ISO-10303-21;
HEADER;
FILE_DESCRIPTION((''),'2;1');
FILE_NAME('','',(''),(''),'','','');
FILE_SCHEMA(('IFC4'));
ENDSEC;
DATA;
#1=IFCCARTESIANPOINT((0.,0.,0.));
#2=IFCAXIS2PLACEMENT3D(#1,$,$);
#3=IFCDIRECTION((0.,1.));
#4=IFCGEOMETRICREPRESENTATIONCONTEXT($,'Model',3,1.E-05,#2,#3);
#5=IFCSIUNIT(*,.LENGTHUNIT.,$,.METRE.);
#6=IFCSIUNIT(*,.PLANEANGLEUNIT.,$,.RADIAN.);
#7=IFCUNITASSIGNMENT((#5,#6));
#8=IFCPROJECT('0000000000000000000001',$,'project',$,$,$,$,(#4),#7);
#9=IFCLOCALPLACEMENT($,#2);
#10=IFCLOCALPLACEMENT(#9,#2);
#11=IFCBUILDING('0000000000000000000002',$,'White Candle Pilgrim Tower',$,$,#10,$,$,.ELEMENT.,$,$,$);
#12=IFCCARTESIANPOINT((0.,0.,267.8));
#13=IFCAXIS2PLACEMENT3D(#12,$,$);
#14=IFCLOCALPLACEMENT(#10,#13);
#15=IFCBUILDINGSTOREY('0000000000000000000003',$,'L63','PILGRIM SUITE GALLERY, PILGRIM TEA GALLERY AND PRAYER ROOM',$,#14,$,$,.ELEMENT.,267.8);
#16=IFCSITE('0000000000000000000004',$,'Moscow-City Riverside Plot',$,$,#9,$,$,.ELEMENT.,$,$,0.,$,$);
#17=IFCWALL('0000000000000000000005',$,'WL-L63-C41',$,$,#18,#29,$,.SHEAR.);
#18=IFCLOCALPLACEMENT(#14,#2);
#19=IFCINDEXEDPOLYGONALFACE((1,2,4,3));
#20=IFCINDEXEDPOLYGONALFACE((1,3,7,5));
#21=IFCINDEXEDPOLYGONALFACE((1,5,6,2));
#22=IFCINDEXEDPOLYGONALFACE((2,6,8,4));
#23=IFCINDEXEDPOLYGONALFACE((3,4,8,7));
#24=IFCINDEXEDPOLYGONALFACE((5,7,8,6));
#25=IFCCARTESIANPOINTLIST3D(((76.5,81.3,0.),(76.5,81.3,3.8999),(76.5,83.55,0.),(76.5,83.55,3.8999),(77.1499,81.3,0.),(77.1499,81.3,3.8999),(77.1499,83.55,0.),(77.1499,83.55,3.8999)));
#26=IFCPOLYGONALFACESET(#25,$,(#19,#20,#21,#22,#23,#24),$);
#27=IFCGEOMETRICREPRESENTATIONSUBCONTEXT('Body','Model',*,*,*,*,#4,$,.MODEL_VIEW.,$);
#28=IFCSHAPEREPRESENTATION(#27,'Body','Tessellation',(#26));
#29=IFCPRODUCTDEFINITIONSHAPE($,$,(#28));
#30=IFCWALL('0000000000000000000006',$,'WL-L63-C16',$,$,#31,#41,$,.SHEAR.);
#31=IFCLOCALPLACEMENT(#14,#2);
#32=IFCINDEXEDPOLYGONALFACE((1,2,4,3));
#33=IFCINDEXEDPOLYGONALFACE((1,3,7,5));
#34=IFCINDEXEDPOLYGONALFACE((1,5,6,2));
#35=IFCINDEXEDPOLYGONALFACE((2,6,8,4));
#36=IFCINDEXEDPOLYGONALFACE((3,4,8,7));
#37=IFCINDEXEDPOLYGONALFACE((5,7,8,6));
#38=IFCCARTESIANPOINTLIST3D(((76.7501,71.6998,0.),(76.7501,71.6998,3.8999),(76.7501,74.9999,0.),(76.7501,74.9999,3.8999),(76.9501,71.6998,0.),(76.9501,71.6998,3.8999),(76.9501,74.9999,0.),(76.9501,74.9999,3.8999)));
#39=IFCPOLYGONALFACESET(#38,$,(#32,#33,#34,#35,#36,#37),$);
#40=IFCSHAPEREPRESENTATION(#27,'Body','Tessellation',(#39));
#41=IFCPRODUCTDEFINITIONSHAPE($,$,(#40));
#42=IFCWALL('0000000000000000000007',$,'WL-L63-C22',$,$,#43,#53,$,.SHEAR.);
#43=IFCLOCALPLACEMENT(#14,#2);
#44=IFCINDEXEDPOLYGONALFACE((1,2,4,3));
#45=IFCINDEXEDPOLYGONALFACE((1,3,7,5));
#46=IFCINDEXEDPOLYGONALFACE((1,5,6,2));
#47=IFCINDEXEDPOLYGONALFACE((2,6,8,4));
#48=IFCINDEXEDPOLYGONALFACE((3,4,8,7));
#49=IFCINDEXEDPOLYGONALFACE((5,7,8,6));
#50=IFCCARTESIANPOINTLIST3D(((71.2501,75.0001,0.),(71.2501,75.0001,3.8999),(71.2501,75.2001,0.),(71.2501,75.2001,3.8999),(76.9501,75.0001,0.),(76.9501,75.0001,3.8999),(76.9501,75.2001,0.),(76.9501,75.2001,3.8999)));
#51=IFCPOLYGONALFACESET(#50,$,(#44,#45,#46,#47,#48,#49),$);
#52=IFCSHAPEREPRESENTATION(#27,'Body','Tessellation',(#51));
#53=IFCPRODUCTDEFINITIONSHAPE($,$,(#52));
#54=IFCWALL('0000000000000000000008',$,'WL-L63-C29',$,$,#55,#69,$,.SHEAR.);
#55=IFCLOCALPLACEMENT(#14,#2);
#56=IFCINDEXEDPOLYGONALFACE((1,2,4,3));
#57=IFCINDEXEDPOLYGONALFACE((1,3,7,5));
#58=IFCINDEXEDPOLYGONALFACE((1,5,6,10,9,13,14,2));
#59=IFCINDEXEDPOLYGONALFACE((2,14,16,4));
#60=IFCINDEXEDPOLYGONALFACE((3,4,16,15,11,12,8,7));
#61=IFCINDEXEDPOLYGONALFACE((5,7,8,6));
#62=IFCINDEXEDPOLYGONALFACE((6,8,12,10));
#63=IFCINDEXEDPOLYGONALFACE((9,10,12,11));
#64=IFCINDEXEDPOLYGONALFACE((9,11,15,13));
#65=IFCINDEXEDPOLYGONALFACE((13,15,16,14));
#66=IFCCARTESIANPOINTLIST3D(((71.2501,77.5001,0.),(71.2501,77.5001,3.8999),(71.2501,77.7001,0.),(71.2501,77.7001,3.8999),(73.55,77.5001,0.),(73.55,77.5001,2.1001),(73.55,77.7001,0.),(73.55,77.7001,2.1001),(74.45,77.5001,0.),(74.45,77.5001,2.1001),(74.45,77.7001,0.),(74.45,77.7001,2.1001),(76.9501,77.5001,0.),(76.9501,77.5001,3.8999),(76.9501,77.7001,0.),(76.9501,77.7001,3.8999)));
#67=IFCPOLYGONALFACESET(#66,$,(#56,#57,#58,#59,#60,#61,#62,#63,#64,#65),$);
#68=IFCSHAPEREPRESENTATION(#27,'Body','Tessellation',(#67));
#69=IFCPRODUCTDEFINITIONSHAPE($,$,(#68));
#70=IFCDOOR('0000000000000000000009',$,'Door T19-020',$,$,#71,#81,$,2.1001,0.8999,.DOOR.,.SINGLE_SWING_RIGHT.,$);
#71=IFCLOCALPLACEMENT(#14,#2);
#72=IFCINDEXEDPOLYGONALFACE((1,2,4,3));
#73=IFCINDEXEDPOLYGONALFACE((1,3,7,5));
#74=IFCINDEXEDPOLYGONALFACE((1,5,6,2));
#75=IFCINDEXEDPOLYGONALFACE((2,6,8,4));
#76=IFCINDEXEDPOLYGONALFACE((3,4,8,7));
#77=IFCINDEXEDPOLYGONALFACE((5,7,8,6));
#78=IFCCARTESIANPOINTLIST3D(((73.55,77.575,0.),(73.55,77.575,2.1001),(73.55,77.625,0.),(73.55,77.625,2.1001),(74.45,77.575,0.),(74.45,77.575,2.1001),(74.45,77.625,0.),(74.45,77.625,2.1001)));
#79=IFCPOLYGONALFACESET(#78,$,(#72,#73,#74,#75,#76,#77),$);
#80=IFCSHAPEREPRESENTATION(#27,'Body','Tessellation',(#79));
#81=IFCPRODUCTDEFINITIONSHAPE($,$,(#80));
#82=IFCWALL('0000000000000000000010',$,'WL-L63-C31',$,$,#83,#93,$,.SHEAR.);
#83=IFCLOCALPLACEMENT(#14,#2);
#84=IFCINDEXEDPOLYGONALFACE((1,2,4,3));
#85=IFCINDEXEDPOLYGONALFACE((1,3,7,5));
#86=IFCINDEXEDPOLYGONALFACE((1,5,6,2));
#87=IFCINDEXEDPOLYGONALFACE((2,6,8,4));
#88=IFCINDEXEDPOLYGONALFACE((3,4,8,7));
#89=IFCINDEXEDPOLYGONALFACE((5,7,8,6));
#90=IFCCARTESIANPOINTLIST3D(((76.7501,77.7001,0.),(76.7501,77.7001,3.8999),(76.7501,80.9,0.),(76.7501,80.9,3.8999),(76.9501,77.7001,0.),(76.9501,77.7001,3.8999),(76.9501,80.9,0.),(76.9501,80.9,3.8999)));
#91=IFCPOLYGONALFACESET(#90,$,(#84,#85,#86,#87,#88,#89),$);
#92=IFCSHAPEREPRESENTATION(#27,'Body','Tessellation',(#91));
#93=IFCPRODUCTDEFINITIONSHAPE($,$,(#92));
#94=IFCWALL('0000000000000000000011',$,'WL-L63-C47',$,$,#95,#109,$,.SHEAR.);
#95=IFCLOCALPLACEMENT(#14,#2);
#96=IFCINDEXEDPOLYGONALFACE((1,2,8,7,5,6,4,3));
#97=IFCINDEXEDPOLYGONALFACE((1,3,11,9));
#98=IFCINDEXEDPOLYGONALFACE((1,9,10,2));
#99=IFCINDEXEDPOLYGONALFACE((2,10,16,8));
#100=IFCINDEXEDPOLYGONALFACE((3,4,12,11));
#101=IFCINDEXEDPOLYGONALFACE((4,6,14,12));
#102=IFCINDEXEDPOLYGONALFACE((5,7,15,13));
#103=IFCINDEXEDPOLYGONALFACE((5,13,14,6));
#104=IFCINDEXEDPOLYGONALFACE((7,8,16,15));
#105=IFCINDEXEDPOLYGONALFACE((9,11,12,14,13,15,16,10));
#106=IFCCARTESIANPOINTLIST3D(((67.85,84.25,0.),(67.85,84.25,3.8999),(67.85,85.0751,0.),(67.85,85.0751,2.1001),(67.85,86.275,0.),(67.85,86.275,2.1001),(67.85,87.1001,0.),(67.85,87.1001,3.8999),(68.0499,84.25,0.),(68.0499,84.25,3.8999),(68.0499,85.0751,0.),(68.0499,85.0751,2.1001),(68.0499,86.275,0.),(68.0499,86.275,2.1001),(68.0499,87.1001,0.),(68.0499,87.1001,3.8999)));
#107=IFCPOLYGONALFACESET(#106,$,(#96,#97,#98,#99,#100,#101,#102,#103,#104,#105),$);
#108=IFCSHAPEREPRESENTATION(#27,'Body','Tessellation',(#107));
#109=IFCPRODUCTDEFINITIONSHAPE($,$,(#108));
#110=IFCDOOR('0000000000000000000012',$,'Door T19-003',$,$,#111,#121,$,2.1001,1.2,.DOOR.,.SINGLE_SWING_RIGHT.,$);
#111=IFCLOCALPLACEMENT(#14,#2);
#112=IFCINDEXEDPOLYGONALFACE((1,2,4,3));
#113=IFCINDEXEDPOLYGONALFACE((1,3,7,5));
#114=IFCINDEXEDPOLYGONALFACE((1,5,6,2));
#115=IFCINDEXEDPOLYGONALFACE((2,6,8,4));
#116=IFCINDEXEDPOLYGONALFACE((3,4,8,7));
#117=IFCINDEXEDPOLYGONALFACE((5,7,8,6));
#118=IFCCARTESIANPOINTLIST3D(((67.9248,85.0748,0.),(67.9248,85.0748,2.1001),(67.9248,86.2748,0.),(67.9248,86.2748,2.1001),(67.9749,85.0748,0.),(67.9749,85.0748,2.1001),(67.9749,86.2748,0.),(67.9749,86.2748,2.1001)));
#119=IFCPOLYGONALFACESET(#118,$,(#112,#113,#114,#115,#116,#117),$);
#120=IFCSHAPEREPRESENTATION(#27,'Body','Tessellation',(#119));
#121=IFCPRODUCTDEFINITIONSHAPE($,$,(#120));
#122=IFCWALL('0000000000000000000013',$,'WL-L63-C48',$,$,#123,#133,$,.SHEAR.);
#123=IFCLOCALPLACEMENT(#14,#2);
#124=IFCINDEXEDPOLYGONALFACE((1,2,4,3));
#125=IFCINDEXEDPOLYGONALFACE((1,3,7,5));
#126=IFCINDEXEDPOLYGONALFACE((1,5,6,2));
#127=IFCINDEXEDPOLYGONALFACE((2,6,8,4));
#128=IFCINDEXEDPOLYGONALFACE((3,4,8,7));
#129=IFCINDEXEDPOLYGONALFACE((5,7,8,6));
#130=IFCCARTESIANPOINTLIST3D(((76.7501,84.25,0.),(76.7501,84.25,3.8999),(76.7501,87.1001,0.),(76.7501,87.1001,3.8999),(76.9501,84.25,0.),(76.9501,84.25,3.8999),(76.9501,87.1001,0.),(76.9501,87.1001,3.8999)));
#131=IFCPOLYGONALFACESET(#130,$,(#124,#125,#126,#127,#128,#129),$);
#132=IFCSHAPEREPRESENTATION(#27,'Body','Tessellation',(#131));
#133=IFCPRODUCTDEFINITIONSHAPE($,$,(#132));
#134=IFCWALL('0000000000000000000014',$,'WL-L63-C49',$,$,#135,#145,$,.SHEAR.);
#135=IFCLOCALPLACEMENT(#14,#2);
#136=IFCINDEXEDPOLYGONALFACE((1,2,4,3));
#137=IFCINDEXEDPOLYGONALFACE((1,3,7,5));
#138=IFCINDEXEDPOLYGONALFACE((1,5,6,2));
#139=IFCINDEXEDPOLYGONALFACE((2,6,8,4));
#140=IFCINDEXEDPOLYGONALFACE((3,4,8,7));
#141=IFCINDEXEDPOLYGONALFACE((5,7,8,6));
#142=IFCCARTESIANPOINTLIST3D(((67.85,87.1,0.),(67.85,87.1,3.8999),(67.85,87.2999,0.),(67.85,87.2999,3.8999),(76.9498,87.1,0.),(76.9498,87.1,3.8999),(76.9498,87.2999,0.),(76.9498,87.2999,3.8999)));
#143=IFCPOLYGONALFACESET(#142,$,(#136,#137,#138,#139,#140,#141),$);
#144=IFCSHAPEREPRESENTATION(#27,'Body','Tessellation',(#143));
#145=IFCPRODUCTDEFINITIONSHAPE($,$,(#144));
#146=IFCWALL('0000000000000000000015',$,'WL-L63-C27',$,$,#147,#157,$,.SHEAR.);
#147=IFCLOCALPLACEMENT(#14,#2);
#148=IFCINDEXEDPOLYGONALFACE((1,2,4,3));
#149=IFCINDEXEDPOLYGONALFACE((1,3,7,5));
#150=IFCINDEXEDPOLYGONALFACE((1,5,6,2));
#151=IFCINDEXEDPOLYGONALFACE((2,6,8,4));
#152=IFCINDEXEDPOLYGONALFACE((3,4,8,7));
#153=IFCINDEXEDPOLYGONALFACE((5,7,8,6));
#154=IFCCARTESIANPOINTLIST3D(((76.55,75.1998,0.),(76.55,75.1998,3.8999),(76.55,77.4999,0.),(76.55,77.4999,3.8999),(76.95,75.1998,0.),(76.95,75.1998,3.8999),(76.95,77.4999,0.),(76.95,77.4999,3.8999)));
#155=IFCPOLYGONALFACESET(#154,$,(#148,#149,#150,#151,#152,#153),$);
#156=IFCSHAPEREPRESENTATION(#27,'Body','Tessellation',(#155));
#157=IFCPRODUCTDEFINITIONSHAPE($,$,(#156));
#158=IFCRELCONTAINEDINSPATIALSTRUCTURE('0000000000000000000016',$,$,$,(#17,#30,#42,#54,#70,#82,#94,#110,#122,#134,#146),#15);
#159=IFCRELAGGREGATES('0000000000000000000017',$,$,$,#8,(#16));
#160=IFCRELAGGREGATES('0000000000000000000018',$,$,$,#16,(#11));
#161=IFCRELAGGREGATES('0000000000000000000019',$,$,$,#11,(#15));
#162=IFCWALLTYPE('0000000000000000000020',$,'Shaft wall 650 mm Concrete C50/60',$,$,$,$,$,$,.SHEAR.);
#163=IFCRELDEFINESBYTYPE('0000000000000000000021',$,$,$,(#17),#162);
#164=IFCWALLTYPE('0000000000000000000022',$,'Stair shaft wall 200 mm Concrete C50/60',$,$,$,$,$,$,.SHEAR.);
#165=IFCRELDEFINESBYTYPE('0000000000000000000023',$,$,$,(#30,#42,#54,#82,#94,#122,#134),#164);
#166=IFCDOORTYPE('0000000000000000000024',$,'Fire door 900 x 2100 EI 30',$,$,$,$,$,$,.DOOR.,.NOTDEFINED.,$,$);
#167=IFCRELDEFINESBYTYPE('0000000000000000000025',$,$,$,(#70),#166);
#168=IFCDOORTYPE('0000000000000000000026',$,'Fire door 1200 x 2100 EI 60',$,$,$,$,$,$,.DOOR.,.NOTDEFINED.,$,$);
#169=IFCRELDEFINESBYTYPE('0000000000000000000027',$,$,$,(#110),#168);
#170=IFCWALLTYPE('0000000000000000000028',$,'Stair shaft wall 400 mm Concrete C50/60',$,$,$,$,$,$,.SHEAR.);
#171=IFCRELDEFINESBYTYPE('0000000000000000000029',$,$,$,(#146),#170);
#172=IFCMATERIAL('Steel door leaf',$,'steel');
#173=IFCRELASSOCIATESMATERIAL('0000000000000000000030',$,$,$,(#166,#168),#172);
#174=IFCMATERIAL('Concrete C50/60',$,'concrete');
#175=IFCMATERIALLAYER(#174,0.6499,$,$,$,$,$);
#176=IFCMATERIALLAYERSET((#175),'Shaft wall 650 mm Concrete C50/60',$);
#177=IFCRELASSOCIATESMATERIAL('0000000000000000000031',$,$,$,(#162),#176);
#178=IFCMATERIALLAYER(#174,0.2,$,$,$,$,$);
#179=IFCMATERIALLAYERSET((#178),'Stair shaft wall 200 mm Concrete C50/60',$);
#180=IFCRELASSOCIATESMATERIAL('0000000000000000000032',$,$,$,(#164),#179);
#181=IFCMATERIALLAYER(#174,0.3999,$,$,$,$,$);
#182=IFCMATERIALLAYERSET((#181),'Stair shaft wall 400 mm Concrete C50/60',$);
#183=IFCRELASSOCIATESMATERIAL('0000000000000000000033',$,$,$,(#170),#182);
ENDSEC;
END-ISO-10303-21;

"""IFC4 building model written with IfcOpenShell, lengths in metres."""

from ifc_helpers import new_model, si_unit, direction, frame, frame_2d, origin, place, context, subcontext, project, spatial, rectangle, extrude, material, layer, layer_set, type_object, element, fill, save


model = new_model("IFC4")

# Units and contexts
model_context = context("Model", 3, precision=1e-05, world=origin(), true_north=direction((0.0, 1.0)))
body_context = subcontext(model_context, "Body", "Model", "MODEL_VIEW")
ifc_project = project(units=[si_unit("LENGTHUNIT", "METRE"), si_unit("PLANEANGLEUNIT", "RADIAN")], contexts=[model_context])

# Site, building, storey
site_placement = place(None, origin())
site = spatial("IfcSite", under=ifc_project, at=site_placement, Name="Moscow-City Riverside Plot", CompositionType="ELEMENT", RefElevation=0.0)
building_placement = place(site_placement, origin())
building = spatial("IfcBuilding", under=site, at=building_placement, Name="White Candle Pilgrim Tower", CompositionType="ELEMENT")
storey_placement = place(building_placement, frame((0.0, 0.0, 267.8)))
storey = spatial("IfcBuildingStorey", under=building, at=storey_placement, Name="L63", Description="PILGRIM SUITE GALLERY, PILGRIM TEA GALLERY AND PRAYER ROOM", CompositionType="ELEMENT", Elevation=267.8)

# Shared definitions
ifc_material_1 = material(Name="Concrete C50/60", Category="concrete")

# Shared definitions
ifc_material_2 = material(Name="Steel door leaf", Category="steel")
door_type_1 = type_object("IfcDoorType", Name="Fire door 900 x 2100 EI 30", OperationType="NOTDEFINED", PredefinedType="DOOR", material=ifc_material_2)

# Walls
ifc_layer_1 = layer(ifc_material_1, 0.6499)
ifc_layer_set_1 = layer_set([ifc_layer_1], Name="Shaft wall 650 mm Concrete C50/60")
wall_type_1 = type_object("IfcWallType", Name="Shaft wall 650 mm Concrete C50/60", PredefinedType="SHEAR", material=ifc_layer_set_1)
wall_1_placement = place(storey_placement, frame((76.825, 81.3, 0.0), z_axis=(0.0, 0.0, 1.0), x_axis=(0.0, 1.0, 0.0)))
element("IfcWall", 1, at=wall_1_placement, inside=storey, type_object=wall_type_1, Name="WL-L63-C41", PredefinedType="SHEAR", context=body_context, shape_type="SweptSolid", body=[
    extrude(rectangle(XDim=2.25, YDim=0.6499, at=frame_2d((1.125, 0.0))), origin(), (0.0, 0.0, 1.0), 3.8999),
])
ifc_layer_2 = layer(ifc_material_1, 0.2)
ifc_layer_set_2 = layer_set([ifc_layer_2], Name="Stair shaft wall 200 mm Concrete C50/60")
wall_type_2 = type_object("IfcWallType", Name="Stair shaft wall 200 mm Concrete C50/60", PredefinedType="SHEAR", material=ifc_layer_set_2)
wall_2_placement = place(storey_placement, frame((76.8501, 71.7, 0.0), z_axis=(0.0, 0.0, 1.0), x_axis=(0.0, 1.0, 0.0)))
element("IfcWall", 2, at=wall_2_placement, inside=storey, type_object=wall_type_2, Name="WL-L63-C16", PredefinedType="SHEAR", context=body_context, shape_type="SweptSolid", body=[
    extrude(rectangle(XDim=3.3, YDim=0.2, at=frame_2d((1.6499, 0.0))), origin(), (0.0, 0.0, 1.0), 3.8999),
])
wall_3_placement = place(storey_placement, frame((71.25, 75.1001, 0.0), z_axis=(0.0, 0.0, 1.0), x_axis=(1.0, 0.0, 0.0)))
element("IfcWall", 3, at=wall_3_placement, inside=storey, type_object=wall_type_2, Name="WL-L63-C22", PredefinedType="SHEAR", context=body_context, shape_type="SweptSolid", body=[
    extrude(rectangle(XDim=5.7, YDim=0.2, at=frame_2d((2.8501, 0.0))), origin(), (0.0, 0.0, 1.0), 3.8999),
])

# Wall, opening, door
wall_4_placement = place(storey_placement, frame((71.25, 77.6001, 0.0), z_axis=(0.0, 0.0, 1.0), x_axis=(1.0, 0.0, 0.0)))
wall_4 = element("IfcWall", 4, at=wall_4_placement, inside=storey, type_object=wall_type_2, Name="WL-L63-C29", PredefinedType="SHEAR", context=body_context, shape_type="SweptSolid", body=[
    extrude(rectangle(XDim=5.7, YDim=0.2, at=frame_2d((2.8501, 0.0))), origin(), (0.0, 0.0, 1.0), 3.8999),
])
opening_1_placement = place(wall_4_placement, frame((2.3, 0.0, 0.0)))
opening_1 = element("IfcOpeningElement", 5, at=opening_1_placement, cuts=wall_4, PredefinedType="OPENING", context=body_context, shape_type="SweptSolid", body=[
    extrude(rectangle(XDim=0.8999, YDim=2.1001, at=frame_2d((0.45, 1.05))), frame((0.0, 0.1099, 0.0), z_axis=(0.0, -1.0, 0.0), x_axis=(1.0, 0.0, 0.0)), (0.0, 0.0, 1.0), 0.22),
])
door_1_placement = place(opening_1_placement, origin())
door_1 = element("IfcDoor", 6, at=door_1_placement, inside=storey, type_object=door_type_1, Name="Door T19-020", OperationType="SINGLE_SWING_RIGHT", OverallHeight=2.1001, OverallWidth=0.8999, PredefinedType="DOOR", context=body_context, shape_type="SweptSolid", body=[
    extrude(rectangle(XDim=0.8999, YDim=2.1001, at=frame_2d((0.45, 1.05))), frame((0.0, 0.0249, 0.0), z_axis=(0.0, -1.0, 0.0), x_axis=(1.0, 0.0, 0.0)), (0.0, 0.0, 1.0), 0.05),
])
fill(opening_1, door_1)

# Wall
wall_5_placement = place(storey_placement, frame((76.8501, 77.7, 0.0), z_axis=(0.0, 0.0, 1.0), x_axis=(0.0, 1.0, 0.0)))
element("IfcWall", 7, at=wall_5_placement, inside=storey, type_object=wall_type_2, Name="WL-L63-C31", PredefinedType="SHEAR", context=body_context, shape_type="SweptSolid", body=[
    extrude(rectangle(XDim=3.2, YDim=0.2, at=frame_2d((1.6001, 0.0))), origin(), (0.0, 0.0, 1.0), 3.8999),
])

# Wall, opening, door
wall_6_placement = place(storey_placement, frame((67.95, 84.25, 0.0), z_axis=(0.0, 0.0, 1.0), x_axis=(0.0, 1.0, 0.0)))
wall_6 = element("IfcWall", 8, at=wall_6_placement, inside=storey, type_object=wall_type_2, Name="WL-L63-C47", PredefinedType="SHEAR", context=body_context, shape_type="SweptSolid", body=[
    extrude(rectangle(XDim=2.8501, YDim=0.2, at=frame_2d((1.425, 0.0))), origin(), (0.0, 0.0, 1.0), 3.8999),
])
opening_2_placement = place(wall_6_placement, frame((0.825, 0.0, 0.0)))
opening_2 = element("IfcOpeningElement", 9, at=opening_2_placement, cuts=wall_6, PredefinedType="OPENING", context=body_context, shape_type="SweptSolid", body=[
    extrude(rectangle(XDim=1.2, YDim=2.1001, at=frame_2d((0.6001, 1.05))), frame((0.0, 0.1099, 0.0), z_axis=(0.0, -1.0, 0.0), x_axis=(1.0, 0.0, 0.0)), (0.0, 0.0, 1.0), 0.22),
])
door_type_2 = type_object("IfcDoorType", Name="Fire door 1200 x 2100 EI 60", OperationType="NOTDEFINED", PredefinedType="DOOR", material=ifc_material_2)
door_2_placement = place(opening_2_placement, frame((1.2, 0.0, 0.0), z_axis=(0.0, 0.0, 1.0), x_axis=(-1.0, 0.0, 0.0)))
door_2 = element("IfcDoor", 10, at=door_2_placement, inside=storey, type_object=door_type_2, Name="Door T19-003", OperationType="SINGLE_SWING_RIGHT", OverallHeight=2.1001, OverallWidth=1.2, PredefinedType="DOOR", context=body_context, shape_type="SweptSolid", body=[
    extrude(rectangle(XDim=1.2, YDim=2.1001, at=frame_2d((0.6001, 1.05))), frame((0.0, 0.0249, 0.0), z_axis=(0.0, -1.0, 0.0), x_axis=(1.0, 0.0, 0.0)), (0.0, 0.0, 1.0), 0.05),
])
fill(opening_2, door_2)

# Walls
wall_7_placement = place(storey_placement, frame((76.8501, 84.25, 0.0), z_axis=(0.0, 0.0, 1.0), x_axis=(0.0, 1.0, 0.0)))
element("IfcWall", 11, at=wall_7_placement, inside=storey, type_object=wall_type_2, Name="WL-L63-C48", PredefinedType="SHEAR", context=body_context, shape_type="SweptSolid", body=[
    extrude(rectangle(XDim=2.8501, YDim=0.2, at=frame_2d((1.425, 0.0))), origin(), (0.0, 0.0, 1.0), 3.8999),
])
wall_8_placement = place(storey_placement, frame((67.8501, 87.2, 0.0), z_axis=(0.0, 0.0, 1.0), x_axis=(1.0, 0.0, 0.0)))
element("IfcWall", 12, at=wall_8_placement, inside=storey, type_object=wall_type_2, Name="WL-L63-C49", PredefinedType="SHEAR", context=body_context, shape_type="SweptSolid", body=[
    extrude(rectangle(XDim=9.0999, YDim=0.2, at=frame_2d((4.5498, 0.0))), origin(), (0.0, 0.0, 1.0), 3.8999),
])
ifc_layer_3 = layer(ifc_material_1, 0.3999)
ifc_layer_set_3 = layer_set([ifc_layer_3], Name="Stair shaft wall 400 mm Concrete C50/60")
wall_type_3 = type_object("IfcWallType", Name="Stair shaft wall 400 mm Concrete C50/60", PredefinedType="SHEAR", material=ifc_layer_set_3)
wall_9_placement = place(storey_placement, frame((76.75, 75.2, 0.0), z_axis=(0.0, 0.0, 1.0), x_axis=(0.0, 1.0, 0.0)))
element("IfcWall", 13, at=wall_9_placement, inside=storey, type_object=wall_type_3, Name="WL-L63-C27", PredefinedType="SHEAR", context=body_context, shape_type="SweptSolid", body=[
    extrude(rectangle(XDim=2.3, YDim=0.3999, at=frame_2d((1.1499, 0.0))), origin(), (0.0, 0.0, 1.0), 3.8999),
])

save(model, "model.ifc")
